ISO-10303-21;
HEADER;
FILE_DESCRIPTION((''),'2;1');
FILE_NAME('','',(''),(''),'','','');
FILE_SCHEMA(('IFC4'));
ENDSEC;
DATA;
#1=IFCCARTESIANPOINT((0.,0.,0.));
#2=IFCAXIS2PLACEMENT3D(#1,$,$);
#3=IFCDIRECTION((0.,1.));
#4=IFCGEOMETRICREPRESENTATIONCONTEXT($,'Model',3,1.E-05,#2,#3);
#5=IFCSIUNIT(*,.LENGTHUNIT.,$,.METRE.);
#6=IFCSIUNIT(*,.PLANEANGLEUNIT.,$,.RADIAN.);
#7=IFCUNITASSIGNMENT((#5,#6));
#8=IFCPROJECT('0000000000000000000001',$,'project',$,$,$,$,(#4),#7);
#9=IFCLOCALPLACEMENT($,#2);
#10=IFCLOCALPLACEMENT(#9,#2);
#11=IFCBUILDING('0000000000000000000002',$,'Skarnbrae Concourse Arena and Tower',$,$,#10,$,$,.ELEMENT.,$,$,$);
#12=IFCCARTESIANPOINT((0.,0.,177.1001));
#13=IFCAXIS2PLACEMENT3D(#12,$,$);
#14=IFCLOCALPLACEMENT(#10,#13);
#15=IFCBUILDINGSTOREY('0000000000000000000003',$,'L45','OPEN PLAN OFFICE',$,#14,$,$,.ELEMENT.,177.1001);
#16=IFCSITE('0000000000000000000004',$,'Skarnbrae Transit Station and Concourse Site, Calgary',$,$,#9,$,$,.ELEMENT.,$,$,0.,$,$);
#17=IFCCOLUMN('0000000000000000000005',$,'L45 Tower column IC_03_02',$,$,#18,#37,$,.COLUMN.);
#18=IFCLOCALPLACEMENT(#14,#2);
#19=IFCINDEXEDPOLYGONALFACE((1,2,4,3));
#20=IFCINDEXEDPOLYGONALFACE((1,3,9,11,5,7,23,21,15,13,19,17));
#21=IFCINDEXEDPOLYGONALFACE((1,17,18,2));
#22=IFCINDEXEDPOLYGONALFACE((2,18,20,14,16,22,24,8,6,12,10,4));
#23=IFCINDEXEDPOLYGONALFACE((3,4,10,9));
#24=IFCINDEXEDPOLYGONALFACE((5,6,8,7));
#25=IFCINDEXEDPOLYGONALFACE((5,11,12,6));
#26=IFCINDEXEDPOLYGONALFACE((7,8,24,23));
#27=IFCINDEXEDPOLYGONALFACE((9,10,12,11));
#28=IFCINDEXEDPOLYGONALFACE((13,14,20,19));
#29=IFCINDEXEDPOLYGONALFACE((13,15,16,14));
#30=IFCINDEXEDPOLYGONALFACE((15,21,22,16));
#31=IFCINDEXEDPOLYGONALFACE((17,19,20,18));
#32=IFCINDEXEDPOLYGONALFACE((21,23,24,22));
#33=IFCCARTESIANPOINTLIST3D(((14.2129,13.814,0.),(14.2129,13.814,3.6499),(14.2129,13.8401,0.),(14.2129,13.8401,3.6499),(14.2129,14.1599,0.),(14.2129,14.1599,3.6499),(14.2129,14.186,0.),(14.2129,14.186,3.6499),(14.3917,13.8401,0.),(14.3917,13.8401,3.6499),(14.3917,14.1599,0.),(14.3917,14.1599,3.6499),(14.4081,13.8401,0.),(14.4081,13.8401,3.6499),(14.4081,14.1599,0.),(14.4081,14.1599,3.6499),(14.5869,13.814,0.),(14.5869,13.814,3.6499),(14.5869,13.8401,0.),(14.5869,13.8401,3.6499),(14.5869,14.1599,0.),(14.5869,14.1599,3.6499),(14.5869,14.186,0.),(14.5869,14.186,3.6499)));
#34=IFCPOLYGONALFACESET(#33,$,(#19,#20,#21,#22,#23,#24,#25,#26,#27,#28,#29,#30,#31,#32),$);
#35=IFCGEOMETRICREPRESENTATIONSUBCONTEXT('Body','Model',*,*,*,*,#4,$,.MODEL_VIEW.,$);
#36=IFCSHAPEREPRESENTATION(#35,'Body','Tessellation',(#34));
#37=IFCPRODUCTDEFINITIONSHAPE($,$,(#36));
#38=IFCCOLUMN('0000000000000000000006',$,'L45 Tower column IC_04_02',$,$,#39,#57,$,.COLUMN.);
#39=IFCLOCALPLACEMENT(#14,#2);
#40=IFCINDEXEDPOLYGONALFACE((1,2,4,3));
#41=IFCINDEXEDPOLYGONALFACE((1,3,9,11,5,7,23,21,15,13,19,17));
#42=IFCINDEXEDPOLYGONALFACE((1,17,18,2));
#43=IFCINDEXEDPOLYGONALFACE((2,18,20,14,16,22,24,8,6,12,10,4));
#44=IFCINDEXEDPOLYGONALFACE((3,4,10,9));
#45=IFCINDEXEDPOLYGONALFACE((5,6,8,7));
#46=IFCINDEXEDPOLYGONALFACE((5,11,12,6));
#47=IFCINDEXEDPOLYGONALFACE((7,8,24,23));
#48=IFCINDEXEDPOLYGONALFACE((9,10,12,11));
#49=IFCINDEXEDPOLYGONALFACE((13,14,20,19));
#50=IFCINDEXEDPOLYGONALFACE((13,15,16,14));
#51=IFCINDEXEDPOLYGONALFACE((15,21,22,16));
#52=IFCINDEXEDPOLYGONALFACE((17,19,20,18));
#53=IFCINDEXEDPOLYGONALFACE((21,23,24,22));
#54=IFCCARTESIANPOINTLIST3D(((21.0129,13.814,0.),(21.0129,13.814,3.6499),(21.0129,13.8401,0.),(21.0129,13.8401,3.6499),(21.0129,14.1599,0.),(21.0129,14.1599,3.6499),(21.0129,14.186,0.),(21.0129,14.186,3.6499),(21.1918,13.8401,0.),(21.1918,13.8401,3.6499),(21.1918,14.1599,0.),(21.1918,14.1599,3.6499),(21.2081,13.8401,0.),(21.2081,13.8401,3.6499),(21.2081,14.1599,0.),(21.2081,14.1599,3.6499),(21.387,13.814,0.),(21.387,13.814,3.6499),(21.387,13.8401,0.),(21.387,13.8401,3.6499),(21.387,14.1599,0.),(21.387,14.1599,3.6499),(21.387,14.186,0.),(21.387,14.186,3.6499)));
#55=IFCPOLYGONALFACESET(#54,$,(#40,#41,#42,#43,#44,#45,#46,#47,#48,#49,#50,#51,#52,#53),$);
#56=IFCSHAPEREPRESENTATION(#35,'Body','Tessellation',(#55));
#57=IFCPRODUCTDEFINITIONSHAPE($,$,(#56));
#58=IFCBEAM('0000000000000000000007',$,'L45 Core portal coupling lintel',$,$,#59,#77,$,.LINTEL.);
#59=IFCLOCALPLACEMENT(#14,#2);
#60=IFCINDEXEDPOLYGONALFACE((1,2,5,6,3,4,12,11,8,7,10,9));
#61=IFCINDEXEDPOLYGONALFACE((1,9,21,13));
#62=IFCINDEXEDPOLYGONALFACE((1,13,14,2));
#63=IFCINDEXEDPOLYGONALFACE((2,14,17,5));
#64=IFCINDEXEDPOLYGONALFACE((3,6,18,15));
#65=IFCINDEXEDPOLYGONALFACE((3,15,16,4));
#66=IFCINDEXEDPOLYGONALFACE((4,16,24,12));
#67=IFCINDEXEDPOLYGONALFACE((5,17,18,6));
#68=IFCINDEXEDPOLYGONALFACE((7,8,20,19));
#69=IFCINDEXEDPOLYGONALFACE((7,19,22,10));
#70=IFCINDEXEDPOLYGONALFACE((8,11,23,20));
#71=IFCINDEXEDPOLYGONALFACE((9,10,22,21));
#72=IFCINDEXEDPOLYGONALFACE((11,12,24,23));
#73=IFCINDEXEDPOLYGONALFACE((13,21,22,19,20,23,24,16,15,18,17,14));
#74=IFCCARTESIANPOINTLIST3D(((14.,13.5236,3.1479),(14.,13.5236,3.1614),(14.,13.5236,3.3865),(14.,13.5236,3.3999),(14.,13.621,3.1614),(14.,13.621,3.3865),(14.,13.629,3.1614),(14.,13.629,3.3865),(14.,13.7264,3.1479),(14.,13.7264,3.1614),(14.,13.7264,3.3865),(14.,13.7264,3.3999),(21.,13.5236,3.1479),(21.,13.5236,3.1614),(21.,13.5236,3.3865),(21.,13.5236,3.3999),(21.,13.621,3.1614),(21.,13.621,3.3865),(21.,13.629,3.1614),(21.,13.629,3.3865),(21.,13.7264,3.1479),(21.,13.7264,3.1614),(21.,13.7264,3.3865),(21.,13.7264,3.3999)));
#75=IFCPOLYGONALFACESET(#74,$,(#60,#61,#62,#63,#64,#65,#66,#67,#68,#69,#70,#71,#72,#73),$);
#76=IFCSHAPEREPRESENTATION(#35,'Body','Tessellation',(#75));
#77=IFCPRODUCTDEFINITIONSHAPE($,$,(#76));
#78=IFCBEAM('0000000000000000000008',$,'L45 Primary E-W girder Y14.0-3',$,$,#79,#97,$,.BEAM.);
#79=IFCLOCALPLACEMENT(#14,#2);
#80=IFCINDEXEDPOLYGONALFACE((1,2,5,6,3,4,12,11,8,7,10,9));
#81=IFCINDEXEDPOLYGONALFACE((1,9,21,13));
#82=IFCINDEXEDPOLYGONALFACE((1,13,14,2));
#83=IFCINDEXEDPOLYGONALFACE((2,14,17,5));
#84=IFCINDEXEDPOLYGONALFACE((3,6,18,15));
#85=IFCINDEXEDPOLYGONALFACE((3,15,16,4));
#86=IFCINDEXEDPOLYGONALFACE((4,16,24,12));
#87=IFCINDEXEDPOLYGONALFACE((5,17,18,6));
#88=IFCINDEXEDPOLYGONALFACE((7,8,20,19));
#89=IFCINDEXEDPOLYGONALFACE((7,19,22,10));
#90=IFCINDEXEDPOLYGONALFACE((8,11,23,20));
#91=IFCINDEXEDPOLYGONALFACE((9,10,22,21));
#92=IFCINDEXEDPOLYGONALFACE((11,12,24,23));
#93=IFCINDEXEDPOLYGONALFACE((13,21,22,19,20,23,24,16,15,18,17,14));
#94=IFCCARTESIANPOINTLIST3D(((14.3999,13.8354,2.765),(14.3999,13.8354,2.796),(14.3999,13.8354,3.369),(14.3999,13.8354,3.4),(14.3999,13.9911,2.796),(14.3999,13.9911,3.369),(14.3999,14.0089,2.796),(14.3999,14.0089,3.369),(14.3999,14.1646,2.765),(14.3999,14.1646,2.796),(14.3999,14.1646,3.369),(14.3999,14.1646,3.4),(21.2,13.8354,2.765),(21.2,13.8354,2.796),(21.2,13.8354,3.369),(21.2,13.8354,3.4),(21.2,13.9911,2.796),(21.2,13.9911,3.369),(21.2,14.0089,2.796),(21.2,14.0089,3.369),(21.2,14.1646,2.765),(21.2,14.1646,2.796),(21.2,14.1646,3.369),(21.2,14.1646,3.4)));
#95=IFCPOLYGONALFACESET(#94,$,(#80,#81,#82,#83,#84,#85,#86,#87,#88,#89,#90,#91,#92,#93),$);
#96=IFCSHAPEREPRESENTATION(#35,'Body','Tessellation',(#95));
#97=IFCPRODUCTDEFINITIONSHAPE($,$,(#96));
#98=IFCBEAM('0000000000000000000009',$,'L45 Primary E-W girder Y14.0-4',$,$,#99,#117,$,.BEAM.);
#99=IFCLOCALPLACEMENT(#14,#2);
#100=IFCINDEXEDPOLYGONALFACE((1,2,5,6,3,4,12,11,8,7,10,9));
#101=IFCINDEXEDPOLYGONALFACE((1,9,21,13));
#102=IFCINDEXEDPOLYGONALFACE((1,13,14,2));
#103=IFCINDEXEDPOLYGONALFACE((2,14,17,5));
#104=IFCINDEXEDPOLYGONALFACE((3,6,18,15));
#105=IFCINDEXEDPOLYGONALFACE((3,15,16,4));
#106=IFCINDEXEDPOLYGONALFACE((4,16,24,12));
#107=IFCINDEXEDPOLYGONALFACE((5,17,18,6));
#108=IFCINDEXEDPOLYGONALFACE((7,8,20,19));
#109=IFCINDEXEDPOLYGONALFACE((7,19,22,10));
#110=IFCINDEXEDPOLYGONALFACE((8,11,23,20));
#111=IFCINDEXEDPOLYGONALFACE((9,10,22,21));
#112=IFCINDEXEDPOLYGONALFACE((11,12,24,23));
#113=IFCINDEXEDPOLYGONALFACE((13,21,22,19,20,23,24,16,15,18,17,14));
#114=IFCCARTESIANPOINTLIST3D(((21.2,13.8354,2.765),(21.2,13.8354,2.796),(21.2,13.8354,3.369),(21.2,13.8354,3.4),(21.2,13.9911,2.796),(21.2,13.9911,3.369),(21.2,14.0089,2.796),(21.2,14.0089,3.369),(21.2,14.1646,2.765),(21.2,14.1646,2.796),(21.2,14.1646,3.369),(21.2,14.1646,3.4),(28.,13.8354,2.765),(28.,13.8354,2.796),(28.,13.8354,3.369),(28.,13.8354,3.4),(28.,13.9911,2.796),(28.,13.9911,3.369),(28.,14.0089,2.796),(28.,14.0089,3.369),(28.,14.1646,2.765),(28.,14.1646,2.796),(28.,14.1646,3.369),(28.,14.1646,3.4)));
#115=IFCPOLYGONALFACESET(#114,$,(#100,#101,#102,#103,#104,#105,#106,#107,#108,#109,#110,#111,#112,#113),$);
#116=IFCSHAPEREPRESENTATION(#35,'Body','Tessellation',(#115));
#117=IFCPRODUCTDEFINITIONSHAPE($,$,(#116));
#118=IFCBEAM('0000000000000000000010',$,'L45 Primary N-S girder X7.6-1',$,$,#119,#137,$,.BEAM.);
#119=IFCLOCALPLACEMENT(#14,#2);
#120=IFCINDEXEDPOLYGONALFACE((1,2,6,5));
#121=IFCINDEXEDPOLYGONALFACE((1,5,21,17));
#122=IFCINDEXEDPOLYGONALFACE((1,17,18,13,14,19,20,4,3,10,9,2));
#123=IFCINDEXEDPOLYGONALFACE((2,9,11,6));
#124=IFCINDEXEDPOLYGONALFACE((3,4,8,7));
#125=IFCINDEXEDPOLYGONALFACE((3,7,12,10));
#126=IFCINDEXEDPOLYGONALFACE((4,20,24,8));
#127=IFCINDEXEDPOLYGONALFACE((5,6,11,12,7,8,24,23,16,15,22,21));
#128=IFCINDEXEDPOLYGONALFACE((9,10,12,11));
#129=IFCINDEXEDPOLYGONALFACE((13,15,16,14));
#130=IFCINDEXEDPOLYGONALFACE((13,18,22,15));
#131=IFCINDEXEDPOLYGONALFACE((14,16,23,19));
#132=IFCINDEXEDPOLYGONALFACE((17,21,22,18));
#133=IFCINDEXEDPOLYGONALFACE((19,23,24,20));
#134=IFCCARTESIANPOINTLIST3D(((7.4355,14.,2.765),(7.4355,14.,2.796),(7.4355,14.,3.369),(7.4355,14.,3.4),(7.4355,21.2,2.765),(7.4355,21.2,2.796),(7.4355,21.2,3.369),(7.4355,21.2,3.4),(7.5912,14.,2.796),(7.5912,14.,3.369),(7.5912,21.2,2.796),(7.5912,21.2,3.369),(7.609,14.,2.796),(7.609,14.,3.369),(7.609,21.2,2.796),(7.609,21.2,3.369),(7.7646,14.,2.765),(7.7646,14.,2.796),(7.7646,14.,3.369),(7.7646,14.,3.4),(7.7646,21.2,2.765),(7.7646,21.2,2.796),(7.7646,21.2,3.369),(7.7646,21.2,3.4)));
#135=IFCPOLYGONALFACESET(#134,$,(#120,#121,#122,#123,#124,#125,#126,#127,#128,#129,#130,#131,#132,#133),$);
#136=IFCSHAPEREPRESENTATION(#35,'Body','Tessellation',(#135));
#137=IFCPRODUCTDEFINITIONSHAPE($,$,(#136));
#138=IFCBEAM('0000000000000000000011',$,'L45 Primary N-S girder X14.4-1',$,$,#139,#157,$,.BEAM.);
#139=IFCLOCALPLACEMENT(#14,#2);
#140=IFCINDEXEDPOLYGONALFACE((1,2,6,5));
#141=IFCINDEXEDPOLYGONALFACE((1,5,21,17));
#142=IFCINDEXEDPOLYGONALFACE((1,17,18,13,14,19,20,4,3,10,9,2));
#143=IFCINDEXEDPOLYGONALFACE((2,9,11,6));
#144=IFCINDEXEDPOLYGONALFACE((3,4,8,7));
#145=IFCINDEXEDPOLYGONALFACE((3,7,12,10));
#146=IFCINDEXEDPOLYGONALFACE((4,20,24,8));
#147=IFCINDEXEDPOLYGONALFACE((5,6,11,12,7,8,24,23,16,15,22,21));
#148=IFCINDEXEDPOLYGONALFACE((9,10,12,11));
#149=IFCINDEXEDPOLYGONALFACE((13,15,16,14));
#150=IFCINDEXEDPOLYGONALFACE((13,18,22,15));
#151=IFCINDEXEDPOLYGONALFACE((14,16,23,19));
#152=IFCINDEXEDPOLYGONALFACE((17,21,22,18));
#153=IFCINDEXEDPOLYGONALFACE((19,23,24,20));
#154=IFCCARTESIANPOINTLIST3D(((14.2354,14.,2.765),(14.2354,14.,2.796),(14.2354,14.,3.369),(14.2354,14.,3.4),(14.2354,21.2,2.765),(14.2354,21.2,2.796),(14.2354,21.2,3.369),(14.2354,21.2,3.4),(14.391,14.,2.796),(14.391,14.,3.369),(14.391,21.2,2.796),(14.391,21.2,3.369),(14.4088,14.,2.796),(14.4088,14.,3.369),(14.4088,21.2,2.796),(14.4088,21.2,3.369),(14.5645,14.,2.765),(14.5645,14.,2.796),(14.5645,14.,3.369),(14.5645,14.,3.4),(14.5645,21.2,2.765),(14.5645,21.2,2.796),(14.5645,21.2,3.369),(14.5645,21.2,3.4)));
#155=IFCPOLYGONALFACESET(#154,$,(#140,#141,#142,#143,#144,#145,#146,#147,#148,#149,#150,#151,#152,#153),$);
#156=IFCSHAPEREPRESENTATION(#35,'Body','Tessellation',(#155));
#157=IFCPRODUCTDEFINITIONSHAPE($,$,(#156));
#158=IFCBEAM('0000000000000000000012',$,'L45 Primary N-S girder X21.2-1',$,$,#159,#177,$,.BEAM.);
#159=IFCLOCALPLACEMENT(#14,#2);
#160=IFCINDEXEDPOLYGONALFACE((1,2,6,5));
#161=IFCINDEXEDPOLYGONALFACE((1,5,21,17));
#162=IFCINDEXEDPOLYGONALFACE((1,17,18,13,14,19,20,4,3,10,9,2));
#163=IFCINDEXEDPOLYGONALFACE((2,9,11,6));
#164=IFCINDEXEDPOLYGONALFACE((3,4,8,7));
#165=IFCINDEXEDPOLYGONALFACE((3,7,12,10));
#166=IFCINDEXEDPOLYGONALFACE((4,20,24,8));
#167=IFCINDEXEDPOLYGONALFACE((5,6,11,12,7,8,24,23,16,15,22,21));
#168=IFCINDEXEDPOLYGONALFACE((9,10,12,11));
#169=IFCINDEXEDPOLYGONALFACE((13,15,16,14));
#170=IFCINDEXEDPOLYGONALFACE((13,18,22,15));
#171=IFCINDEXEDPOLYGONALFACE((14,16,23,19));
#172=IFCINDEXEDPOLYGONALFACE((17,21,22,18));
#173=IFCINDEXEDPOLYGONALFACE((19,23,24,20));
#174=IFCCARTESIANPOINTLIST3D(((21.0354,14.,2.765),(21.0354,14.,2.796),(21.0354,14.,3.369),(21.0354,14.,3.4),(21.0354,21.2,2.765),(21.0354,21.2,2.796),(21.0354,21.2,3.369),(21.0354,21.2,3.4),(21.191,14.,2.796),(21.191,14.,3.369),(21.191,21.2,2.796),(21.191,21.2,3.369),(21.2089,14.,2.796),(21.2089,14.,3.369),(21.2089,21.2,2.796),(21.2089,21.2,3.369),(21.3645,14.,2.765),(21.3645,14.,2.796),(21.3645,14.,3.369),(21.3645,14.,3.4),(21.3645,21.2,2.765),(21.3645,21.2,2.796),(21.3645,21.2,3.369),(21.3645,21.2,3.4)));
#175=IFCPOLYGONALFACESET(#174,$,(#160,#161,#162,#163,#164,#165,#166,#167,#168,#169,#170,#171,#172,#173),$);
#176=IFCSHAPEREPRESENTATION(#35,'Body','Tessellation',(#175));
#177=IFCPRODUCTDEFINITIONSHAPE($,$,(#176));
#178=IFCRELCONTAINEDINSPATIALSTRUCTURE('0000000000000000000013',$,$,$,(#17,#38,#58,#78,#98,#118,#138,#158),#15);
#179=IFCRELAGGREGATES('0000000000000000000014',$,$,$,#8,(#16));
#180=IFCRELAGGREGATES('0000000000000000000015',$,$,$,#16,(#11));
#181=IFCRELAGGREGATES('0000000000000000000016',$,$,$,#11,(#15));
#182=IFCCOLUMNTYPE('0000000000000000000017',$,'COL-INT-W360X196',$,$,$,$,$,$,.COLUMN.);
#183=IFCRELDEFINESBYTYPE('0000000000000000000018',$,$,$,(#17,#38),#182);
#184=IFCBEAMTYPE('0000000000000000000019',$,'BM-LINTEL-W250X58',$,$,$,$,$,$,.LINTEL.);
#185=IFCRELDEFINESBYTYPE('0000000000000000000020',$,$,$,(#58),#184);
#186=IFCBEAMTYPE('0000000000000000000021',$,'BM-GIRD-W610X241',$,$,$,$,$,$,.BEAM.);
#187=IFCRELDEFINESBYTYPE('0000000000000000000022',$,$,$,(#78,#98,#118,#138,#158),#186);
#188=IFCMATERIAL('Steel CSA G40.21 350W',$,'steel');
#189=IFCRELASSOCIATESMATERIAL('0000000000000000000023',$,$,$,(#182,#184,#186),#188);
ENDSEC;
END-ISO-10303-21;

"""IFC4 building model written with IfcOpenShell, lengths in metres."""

from ifc_helpers import new_model, si_unit, direction, frame, origin, origin_2d, place, context, subcontext, project, spatial, i_section, extrude, source, transform, mapped, material, material_profile, profile_set, type_object, element, save


model = new_model("IFC4")

# Units and contexts
model_context = context("Model", 3, precision=1e-05, world=origin(), true_north=direction((0.0, 1.0)))
body_context = subcontext(model_context, "Body", "Model", "MODEL_VIEW")
ifc_project = project(units=[si_unit("LENGTHUNIT", "METRE"), si_unit("PLANEANGLEUNIT", "RADIAN")], contexts=[model_context])

# Site, building, storey
site_placement = place(None, origin())
site = spatial("IfcSite", under=ifc_project, at=site_placement, Name="Skarnbrae Transit Station and Concourse Site, Calgary", CompositionType="ELEMENT", RefElevation=0.0)
building_placement = place(site_placement, origin())
building = spatial("IfcBuilding", under=site, at=building_placement, Name="Skarnbrae Concourse Arena and Tower", CompositionType="ELEMENT")
storey_placement = place(building_placement, frame((0.0, 0.0, 177.1001)))
storey = spatial("IfcBuildingStorey", under=building, at=storey_placement, Name="L45", Description="OPEN PLAN OFFICE", CompositionType="ELEMENT", Elevation=177.1001)

# Columns
ifc_material_1 = material(Name="Steel CSA G40.21 350W", Category="steel")
ifc_material_profile_1 = material_profile(ifc_material_1, i_section(OverallWidth=0.374, OverallDepth=0.3721, WebThickness=0.0164, FlangeThickness=0.0261, at=origin_2d()), Name="W360X196")
ifc_profile_set_1 = profile_set([ifc_material_profile_1], Name="Steel CSA G40.21 350W")
column_type = type_object("IfcColumnType", Name="COL-INT-W360X196", PredefinedType="COLUMN", material=ifc_profile_set_1)
shared_shape_1 = source(origin(), body_context, "Body", "SweptSolid", [
    extrude(i_section(OverallWidth=0.374, OverallDepth=0.3721, WebThickness=0.0164, FlangeThickness=0.0261, at=origin_2d()), origin(), (0.0, 0.0, 1.0), 3.6499),
])
for number, where, z_axis, x_axis, name in (
    (1, (14.3999, 14.0, 0.0), (0.0, 0.0, 1.0), (1.0, 0.0, 0.0), "L45 Tower column IC_03_02"),
    (2, (21.2, 14.0, 0.0), (0.0, 0.0, 1.0), (1.0, 0.0, 0.0), "L45 Tower column IC_04_02"),
):
    element("IfcColumn", number, at=place(storey_placement, frame(where, z_axis=z_axis, x_axis=x_axis)), inside=storey, type_object=column_type, Name=name, PredefinedType="COLUMN", context=body_context, shape_type="MappedRepresentation", body=[
        mapped(shared_shape_1, transform((0.0, 0.0, 0.0))),
    ])

# Beams
ifc_material_profile_2 = material_profile(ifc_material_1, i_section(OverallWidth=0.2029, OverallDepth=0.252, WebThickness=0.0081, FlangeThickness=0.0134, at=origin_2d()), Name="W250X58")
ifc_profile_set_2 = profile_set([ifc_material_profile_2], Name="Steel CSA G40.21 350W")
beam_type_1 = type_object("IfcBeamType", Name="BM-LINTEL-W250X58", PredefinedType="LINTEL", material=ifc_profile_set_2)
shared_shape_2 = source(origin(), body_context, "Body", "SweptSolid", [
    extrude(i_section(OverallWidth=0.2029, OverallDepth=0.252, WebThickness=0.0081, FlangeThickness=0.0134, at=origin_2d()), origin(), (0.0, 0.0, 1.0), 7.0),
])
beam_placement = place(storey_placement, frame((14.0, 13.625, 3.2739), z_axis=(1.0, 0.0, 0.0), x_axis=(0.0, 1.0, 0.0)))
element("IfcBeam", 3, at=beam_placement, inside=storey, type_object=beam_type_1, Name="L45 Core portal coupling lintel", PredefinedType="LINTEL", context=body_context, shape_type="MappedRepresentation", body=[
    mapped(shared_shape_2, transform((0.0, 0.0, 0.0))),
])
ifc_material_profile_3 = material_profile(ifc_material_1, i_section(OverallWidth=0.3291, OverallDepth=0.635, WebThickness=0.0178, FlangeThickness=0.031, at=origin_2d()), Name="W610X241")
ifc_profile_set_3 = profile_set([ifc_material_profile_3], Name="Steel CSA G40.21 350W")
beam_type_2 = type_object("IfcBeamType", Name="BM-GIRD-W610X241", PredefinedType="BEAM", material=ifc_profile_set_3)
shared_shape_3 = source(origin(), body_context, "Body", "SweptSolid", [
    extrude(i_section(OverallWidth=0.3291, OverallDepth=0.635, WebThickness=0.0178, FlangeThickness=0.031, at=origin_2d()), origin(), (0.0, 0.0, 1.0), 6.8),
])
for number, where, z_axis, x_axis, name in (
    (4, (14.3999, 14.0, 3.0825), (1.0, 0.0, 0.0), (0.0, 1.0, 0.0), "L45 Primary E-W girder Y14.0-3"),
    (5, (21.2, 14.0, 3.0825), (1.0, 0.0, 0.0), (0.0, 1.0, 0.0), "L45 Primary E-W girder Y14.0-4"),
):
    element("IfcBeam", number, at=place(storey_placement, frame(where, z_axis=z_axis, x_axis=x_axis)), inside=storey, type_object=beam_type_2, Name=name, PredefinedType="BEAM", context=body_context, shape_type="MappedRepresentation", body=[
        mapped(shared_shape_3, transform((0.0, 0.0, 0.0))),
    ])
shared_shape_4 = source(origin(), body_context, "Body", "SweptSolid", [
    extrude(i_section(OverallWidth=0.3291, OverallDepth=0.635, WebThickness=0.0178, FlangeThickness=0.031, at=origin_2d()), origin(), (0.0, 0.0, 1.0), 7.2),
])
for number, where, z_axis, x_axis, name in (
    (6, (7.6001, 14.0, 3.0825), (0.0, 1.0, 0.0), (-1.0, 0.0, 0.0), "L45 Primary N-S girder X7.6-1"),
    (7, (14.3999, 14.0, 3.0825), (0.0, 1.0, 0.0), (-1.0, 0.0, 0.0), "L45 Primary N-S girder X14.4-1"),
    (8, (21.2, 14.0, 3.0825), (0.0, 1.0, 0.0), (-1.0, 0.0, 0.0), "L45 Primary N-S girder X21.2-1"),
):
    element("IfcBeam", number, at=place(storey_placement, frame(where, z_axis=z_axis, x_axis=x_axis)), inside=storey, type_object=beam_type_2, Name=name, PredefinedType="BEAM", context=body_context, shape_type="MappedRepresentation", body=[
        mapped(shared_shape_4, transform((0.0, 0.0, 0.0))),
    ])

save(model, "model.ifc")
